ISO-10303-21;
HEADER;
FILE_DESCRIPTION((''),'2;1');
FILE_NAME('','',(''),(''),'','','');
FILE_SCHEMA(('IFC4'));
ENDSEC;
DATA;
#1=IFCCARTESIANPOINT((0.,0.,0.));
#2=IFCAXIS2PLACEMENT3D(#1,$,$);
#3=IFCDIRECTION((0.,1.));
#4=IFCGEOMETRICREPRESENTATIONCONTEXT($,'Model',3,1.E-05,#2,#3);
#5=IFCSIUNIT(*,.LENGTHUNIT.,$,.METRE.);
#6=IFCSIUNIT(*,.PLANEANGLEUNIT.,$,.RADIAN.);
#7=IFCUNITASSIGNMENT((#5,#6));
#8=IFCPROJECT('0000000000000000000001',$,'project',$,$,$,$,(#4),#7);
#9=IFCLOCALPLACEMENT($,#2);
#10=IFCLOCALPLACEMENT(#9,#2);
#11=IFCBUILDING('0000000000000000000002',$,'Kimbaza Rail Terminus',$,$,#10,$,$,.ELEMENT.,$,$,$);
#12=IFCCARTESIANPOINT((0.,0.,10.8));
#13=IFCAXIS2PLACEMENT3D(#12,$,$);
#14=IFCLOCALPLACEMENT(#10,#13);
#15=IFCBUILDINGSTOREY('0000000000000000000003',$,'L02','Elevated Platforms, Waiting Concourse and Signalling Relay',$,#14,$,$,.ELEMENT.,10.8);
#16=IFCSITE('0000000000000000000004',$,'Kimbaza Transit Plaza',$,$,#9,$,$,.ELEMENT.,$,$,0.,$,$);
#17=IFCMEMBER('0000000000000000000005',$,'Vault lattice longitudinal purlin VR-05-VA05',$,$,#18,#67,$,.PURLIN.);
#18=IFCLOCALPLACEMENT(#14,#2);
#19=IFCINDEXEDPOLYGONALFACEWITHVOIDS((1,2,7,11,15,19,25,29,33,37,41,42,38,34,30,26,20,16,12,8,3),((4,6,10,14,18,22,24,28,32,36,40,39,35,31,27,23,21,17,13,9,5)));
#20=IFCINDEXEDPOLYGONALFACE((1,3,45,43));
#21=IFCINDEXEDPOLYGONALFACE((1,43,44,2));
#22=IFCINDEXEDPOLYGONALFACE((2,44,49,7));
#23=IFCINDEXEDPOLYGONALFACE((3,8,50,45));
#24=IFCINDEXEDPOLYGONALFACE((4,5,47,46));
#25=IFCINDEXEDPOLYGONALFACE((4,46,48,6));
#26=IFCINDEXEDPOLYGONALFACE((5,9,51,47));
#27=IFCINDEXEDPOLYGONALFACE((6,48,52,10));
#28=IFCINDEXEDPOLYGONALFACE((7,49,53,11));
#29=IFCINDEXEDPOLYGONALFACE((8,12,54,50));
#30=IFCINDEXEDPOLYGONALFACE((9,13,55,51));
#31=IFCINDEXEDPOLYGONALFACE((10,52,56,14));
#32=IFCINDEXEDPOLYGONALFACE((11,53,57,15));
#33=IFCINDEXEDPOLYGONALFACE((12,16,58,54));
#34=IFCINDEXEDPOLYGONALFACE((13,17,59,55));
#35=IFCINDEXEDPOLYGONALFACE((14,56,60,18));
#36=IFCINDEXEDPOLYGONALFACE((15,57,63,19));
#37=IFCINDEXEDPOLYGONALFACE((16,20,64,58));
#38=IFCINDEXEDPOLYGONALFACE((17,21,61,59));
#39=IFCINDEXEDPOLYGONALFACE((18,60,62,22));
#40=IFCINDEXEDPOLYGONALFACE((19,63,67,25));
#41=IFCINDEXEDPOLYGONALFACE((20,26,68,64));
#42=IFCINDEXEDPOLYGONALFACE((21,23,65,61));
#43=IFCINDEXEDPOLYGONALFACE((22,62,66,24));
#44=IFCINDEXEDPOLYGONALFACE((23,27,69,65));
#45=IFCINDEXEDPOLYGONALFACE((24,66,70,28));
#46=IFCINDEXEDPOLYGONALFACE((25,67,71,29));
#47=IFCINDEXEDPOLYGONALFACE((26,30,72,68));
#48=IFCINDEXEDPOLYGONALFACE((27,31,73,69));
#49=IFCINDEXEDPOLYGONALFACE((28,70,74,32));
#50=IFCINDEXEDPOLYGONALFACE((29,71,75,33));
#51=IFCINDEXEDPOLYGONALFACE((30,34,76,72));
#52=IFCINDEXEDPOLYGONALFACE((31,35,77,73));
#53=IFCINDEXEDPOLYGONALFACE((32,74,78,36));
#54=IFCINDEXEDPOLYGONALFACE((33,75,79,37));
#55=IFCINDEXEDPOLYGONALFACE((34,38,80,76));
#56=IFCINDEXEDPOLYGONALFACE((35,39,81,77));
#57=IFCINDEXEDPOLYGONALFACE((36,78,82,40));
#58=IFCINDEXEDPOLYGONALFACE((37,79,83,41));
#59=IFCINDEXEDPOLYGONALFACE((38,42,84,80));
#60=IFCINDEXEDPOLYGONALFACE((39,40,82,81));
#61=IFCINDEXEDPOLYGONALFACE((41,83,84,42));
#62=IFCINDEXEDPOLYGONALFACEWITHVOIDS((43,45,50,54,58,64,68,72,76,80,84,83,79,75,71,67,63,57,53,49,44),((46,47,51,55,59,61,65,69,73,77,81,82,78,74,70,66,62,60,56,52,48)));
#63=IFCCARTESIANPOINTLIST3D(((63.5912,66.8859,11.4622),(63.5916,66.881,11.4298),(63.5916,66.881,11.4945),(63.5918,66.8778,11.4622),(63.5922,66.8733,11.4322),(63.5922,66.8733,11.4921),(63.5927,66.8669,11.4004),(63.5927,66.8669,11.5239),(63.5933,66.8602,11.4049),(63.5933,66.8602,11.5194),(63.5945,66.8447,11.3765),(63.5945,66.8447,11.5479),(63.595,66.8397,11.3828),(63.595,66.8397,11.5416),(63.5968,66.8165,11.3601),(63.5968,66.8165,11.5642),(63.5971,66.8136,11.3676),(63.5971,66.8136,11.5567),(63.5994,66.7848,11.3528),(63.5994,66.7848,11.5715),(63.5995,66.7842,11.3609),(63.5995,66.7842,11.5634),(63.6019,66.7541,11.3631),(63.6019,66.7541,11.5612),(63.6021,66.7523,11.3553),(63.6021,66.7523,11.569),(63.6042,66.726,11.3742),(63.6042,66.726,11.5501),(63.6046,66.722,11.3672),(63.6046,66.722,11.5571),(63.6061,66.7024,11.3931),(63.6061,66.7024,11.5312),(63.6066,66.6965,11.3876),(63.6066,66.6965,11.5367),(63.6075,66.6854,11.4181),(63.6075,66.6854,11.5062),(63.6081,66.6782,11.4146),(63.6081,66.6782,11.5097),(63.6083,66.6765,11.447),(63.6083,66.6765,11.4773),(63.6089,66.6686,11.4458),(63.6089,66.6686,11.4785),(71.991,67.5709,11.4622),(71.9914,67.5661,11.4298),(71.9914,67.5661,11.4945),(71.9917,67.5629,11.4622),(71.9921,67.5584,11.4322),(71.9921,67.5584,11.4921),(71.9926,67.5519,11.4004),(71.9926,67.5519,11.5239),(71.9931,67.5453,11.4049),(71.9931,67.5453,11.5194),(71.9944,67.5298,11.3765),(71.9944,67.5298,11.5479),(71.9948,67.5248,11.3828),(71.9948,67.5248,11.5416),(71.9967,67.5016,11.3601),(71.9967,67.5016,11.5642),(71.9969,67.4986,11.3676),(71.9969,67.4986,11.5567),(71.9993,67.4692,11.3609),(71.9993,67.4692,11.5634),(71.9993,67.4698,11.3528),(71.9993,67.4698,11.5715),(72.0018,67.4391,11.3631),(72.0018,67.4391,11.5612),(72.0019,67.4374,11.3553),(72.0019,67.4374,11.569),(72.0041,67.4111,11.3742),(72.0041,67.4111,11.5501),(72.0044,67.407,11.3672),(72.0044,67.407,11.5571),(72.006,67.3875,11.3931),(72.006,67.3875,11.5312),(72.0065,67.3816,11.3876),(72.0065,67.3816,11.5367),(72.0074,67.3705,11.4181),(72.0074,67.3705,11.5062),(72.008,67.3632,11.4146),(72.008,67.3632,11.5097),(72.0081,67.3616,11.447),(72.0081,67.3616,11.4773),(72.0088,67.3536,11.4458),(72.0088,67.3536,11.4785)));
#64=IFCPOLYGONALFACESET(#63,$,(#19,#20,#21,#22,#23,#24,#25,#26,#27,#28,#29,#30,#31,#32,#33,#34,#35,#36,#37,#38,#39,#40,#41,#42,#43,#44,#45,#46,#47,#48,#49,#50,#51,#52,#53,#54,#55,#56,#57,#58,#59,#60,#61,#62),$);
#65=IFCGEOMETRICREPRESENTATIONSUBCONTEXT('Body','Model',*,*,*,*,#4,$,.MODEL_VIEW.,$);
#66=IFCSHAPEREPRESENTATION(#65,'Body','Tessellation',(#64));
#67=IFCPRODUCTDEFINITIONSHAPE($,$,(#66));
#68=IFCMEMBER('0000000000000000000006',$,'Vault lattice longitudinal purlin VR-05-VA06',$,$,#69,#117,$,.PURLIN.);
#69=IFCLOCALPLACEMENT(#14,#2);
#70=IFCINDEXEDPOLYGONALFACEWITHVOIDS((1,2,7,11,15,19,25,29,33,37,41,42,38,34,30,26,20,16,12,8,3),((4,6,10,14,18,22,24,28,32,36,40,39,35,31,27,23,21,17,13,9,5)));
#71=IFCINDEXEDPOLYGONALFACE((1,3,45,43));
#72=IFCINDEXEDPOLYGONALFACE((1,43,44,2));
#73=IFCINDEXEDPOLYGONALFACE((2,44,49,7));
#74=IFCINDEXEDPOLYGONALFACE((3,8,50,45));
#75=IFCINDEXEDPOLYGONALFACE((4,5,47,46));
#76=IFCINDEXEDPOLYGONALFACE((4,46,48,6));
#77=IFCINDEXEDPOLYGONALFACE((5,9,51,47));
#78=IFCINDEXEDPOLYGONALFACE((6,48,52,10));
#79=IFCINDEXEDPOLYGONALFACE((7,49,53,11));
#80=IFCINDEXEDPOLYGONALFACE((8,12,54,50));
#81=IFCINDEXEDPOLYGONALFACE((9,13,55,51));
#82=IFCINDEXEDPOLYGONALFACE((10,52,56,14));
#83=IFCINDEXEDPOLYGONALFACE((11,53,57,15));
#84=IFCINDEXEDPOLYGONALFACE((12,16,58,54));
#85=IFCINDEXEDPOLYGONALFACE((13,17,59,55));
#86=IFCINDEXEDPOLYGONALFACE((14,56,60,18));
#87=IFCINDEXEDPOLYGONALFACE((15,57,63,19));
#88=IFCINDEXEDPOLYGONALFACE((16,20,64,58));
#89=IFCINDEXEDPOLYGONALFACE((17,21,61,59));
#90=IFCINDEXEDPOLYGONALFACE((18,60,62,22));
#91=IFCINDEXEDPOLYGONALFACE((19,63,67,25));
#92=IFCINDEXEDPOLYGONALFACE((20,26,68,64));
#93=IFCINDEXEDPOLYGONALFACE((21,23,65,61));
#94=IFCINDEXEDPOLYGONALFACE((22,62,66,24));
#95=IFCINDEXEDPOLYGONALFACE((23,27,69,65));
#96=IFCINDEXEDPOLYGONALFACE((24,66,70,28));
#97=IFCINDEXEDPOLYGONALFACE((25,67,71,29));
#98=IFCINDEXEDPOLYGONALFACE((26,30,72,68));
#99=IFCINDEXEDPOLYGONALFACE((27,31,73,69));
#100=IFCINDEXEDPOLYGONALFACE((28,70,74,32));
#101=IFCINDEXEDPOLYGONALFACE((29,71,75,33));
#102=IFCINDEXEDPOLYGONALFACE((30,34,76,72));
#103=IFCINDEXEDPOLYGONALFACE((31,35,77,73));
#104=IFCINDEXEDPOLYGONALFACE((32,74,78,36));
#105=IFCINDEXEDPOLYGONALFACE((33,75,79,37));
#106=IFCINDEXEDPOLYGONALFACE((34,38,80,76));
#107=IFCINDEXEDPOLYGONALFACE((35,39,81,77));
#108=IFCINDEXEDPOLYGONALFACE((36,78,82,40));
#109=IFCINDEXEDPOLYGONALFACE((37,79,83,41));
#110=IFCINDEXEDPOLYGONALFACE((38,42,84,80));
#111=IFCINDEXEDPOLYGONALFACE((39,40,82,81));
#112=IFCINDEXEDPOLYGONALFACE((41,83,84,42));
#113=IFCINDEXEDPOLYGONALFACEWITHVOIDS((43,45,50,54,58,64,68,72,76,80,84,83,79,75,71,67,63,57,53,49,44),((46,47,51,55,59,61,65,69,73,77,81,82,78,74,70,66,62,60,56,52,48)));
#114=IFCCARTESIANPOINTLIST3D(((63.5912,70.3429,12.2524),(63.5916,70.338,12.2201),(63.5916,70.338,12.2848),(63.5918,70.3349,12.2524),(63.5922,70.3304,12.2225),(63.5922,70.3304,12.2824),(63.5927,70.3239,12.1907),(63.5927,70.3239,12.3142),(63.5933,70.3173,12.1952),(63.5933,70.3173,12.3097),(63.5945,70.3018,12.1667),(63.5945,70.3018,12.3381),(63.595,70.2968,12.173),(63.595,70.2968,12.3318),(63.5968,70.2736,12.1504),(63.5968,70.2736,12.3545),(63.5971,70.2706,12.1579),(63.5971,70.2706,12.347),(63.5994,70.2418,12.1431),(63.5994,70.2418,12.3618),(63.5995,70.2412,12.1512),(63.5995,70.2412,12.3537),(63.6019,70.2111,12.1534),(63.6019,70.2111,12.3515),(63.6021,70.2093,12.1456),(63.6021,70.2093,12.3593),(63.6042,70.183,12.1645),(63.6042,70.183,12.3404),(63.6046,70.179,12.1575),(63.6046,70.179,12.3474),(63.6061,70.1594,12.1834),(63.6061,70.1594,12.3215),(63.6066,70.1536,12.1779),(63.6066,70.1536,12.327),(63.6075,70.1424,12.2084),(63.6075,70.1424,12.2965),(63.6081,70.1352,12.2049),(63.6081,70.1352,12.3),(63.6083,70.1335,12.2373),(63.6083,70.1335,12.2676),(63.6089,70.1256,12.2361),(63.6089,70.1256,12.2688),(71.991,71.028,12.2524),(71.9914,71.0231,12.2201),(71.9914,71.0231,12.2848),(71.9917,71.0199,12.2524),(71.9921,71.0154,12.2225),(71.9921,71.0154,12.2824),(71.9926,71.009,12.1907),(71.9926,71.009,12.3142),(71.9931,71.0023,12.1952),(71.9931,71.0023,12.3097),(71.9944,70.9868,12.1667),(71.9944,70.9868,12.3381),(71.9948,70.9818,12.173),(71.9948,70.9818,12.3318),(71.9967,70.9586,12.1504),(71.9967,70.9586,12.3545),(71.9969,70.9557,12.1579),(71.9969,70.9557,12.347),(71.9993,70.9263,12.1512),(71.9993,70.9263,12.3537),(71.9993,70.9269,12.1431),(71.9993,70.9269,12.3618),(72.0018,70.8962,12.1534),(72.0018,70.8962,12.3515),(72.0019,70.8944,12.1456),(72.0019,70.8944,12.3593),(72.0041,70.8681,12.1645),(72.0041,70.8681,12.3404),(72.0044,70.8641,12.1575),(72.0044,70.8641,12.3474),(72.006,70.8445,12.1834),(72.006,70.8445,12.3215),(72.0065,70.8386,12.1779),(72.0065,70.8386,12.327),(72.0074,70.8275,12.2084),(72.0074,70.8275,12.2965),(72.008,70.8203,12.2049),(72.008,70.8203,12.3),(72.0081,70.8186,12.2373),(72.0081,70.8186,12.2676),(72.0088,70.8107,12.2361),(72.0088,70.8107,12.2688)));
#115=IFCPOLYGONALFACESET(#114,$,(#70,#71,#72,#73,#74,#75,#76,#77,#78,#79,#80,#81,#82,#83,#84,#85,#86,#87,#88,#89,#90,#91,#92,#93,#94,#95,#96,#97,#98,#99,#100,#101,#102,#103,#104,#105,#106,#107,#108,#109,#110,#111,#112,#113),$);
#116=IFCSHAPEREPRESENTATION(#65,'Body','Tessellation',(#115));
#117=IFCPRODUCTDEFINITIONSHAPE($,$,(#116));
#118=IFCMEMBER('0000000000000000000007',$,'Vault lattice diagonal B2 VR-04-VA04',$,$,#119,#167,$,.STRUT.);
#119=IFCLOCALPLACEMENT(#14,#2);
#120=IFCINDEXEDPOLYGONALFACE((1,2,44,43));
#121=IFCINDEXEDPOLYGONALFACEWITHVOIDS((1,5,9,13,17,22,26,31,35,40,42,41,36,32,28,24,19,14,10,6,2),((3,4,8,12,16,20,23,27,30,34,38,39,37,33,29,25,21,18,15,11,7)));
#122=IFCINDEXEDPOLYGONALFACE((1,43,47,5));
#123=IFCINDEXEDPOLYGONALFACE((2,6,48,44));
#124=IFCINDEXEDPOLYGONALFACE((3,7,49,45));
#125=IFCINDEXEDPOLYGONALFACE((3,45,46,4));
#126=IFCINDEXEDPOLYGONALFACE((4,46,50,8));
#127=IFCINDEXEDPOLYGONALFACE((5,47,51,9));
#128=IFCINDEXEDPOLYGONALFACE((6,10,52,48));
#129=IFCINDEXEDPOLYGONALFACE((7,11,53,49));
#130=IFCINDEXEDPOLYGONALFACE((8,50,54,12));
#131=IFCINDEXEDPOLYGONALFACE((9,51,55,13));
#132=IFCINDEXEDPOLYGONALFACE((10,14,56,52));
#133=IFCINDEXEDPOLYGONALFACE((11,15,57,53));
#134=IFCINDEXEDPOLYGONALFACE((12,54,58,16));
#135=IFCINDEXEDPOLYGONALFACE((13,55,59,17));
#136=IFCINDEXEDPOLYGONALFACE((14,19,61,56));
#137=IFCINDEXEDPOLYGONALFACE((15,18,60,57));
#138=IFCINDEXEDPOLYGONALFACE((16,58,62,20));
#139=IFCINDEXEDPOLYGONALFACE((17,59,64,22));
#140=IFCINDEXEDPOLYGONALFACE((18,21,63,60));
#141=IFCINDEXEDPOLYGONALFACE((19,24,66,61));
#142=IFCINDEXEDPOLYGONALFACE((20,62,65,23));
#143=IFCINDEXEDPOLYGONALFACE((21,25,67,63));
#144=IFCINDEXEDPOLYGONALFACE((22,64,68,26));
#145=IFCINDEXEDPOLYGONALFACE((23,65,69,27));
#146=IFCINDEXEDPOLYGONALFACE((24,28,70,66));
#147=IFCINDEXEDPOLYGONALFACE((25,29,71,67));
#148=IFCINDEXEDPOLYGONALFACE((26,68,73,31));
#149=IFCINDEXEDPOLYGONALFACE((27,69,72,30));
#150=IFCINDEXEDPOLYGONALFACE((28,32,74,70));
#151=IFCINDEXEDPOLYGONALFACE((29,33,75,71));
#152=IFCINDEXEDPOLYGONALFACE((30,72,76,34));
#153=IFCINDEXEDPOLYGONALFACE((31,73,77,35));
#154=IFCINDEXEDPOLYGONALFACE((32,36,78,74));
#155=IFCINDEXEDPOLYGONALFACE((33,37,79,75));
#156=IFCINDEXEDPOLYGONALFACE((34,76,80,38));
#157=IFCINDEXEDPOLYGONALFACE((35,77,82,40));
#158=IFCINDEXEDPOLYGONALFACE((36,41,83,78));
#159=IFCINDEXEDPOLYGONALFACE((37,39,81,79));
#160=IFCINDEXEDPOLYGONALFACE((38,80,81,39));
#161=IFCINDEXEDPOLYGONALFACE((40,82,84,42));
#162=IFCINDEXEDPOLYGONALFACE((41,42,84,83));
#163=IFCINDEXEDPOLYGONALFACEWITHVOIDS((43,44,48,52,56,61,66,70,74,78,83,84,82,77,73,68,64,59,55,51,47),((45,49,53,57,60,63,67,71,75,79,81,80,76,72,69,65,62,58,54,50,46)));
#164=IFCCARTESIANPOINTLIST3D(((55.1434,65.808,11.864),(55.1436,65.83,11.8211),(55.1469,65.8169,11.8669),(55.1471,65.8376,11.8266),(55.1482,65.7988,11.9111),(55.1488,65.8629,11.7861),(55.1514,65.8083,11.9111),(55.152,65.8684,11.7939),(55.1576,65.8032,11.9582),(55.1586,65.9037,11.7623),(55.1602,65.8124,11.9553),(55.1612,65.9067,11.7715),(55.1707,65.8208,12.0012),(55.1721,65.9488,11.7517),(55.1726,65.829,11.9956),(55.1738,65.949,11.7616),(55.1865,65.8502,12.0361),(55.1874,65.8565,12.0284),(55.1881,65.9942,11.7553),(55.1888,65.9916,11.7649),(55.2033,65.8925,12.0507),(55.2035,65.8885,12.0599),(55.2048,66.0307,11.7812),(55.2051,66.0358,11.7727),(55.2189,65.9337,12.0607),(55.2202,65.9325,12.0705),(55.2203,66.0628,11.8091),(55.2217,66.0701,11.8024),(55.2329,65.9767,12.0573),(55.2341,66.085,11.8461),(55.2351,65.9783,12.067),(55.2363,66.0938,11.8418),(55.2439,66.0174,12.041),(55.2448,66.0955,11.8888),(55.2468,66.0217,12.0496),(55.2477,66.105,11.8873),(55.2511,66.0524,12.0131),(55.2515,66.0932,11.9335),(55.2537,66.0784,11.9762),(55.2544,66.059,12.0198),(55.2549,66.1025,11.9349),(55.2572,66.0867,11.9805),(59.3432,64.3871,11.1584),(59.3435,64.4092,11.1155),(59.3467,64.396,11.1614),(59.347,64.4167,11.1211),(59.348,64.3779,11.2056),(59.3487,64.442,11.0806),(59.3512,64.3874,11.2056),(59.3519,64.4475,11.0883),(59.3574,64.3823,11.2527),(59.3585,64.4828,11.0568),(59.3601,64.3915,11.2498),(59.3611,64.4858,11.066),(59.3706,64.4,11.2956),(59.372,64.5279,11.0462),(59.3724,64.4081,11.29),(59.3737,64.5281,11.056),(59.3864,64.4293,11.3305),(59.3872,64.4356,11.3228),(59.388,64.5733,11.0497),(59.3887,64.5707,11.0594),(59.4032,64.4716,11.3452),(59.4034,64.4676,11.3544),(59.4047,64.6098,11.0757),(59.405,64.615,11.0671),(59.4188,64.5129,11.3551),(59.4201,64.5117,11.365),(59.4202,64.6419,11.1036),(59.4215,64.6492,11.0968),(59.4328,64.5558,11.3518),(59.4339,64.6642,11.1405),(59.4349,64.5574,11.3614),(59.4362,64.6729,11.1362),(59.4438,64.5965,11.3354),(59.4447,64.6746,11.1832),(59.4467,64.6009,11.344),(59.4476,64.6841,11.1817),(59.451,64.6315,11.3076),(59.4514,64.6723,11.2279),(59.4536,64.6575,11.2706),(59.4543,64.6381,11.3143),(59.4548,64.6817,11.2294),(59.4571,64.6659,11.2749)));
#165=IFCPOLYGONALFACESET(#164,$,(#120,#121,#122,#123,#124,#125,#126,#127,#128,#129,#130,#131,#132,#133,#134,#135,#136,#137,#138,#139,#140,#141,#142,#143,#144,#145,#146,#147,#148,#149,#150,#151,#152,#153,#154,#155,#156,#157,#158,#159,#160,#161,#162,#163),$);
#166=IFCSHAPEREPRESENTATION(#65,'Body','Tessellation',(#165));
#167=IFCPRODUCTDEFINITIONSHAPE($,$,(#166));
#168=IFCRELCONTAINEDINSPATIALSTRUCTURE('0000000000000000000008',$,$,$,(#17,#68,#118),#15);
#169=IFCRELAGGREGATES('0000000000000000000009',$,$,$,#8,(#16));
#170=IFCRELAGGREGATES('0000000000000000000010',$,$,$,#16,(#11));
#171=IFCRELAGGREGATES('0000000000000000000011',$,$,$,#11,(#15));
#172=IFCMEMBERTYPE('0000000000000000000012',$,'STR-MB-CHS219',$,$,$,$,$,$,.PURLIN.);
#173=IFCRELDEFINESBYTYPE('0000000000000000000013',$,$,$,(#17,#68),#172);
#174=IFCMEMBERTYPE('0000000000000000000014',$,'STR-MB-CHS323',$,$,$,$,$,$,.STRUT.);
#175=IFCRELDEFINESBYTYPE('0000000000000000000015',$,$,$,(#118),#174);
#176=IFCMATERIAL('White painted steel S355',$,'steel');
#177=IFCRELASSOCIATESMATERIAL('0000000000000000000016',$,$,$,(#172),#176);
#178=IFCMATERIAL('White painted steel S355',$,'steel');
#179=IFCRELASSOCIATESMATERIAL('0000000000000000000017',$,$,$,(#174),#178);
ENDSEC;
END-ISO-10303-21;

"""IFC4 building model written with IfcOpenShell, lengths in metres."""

from ifc_helpers import new_model, si_unit, direction, frame, origin, origin_2d, place, context, subcontext, project, spatial, hollow_circle, extrude, material, material_profile, profile_set, type_object, element, save


model = new_model("IFC4")

# Units and contexts
model_context = context("Model", 3, precision=1e-05, world=origin(), true_north=direction((0.0, 1.0)))
body_context = subcontext(model_context, "Body", "Model", "MODEL_VIEW")
ifc_project = project(units=[si_unit("LENGTHUNIT", "METRE"), si_unit("PLANEANGLEUNIT", "RADIAN")], contexts=[model_context])

# Site, building, storey
site_placement = place(None, origin())
site = spatial("IfcSite", under=ifc_project, at=site_placement, Name="Kimbaza Transit Plaza", CompositionType="ELEMENT", RefElevation=0.0)
building_placement = place(site_placement, origin())
building = spatial("IfcBuilding", under=site, at=building_placement, Name="Kimbaza Rail Terminus", CompositionType="ELEMENT")
storey_placement = place(building_placement, frame((0.0, 0.0, 10.8)))
storey = spatial("IfcBuildingStorey", under=building, at=storey_placement, Name="L02", Description="Elevated Platforms, Waiting Concourse and Signalling Relay", CompositionType="ELEMENT", Elevation=10.8)

# Members
ifc_material_1 = material(Name="White painted steel S355", Category="steel")
ifc_material_profile_1 = material_profile(ifc_material_1, hollow_circle(Radius=0.1096, WallThickness=0.0081, at=origin_2d()), Name="CHS 219.1x8")
ifc_profile_set_1 = profile_set([ifc_material_profile_1], Name="White painted steel S355")
member_type_1 = type_object("IfcMemberType", Name="STR-MB-CHS219", PredefinedType="PURLIN", material=ifc_profile_set_1)
for number, where, z_axis, x_axis, name in (
    (1, (63.6001, 66.7766, 11.4622), (0.996691, 0.081286, 0.0), (-0.081286, 0.996691, 0.0), "Vault lattice longitudinal purlin VR-05-VA05"),
    (2, (63.6001, 70.2336, 12.2524), (0.996691, 0.081286, 0.0), (-0.081286, 0.996691, 0.0), "Vault lattice longitudinal purlin VR-05-VA06"),
):
    element("IfcMember", number, at=place(storey_placement, frame(where, z_axis=z_axis, x_axis=x_axis)), inside=storey, type_object=member_type_1, Name=name, PredefinedType="PURLIN", context=body_context, shape_type="SweptSolid", body=[
        extrude(hollow_circle(Radius=0.1096, WallThickness=0.0081, at=origin_2d()), origin(), (0.0, 0.0, 1.0), 8.4277),
    ])
ifc_material_2 = material(Name="White painted steel S355", Category="steel")
ifc_material_profile_2 = material_profile(ifc_material_2, hollow_circle(Radius=0.1619, WallThickness=0.01, at=origin_2d()), Name="CHS 323.9x10")
ifc_profile_set_2 = profile_set([ifc_material_profile_2], Name="White painted steel S355")
member_type_2 = type_object("IfcMemberType", Name="STR-MB-CHS323", PredefinedType="STRUT", material=ifc_profile_set_2)
member_1_placement = place(storey_placement, frame((59.3999, 64.5312, 11.2056), z_axis=(-0.935488, 0.316488, 0.157156), x_axis=(-0.32047, -0.947259, 0.0)))
element("IfcMember", 3, at=member_1_placement, inside=storey, type_object=member_type_2, Name="Vault lattice diagonal B2 VR-04-VA04", PredefinedType="STRUT", context=body_context, shape_type="SweptSolid", body=[
    extrude(hollow_circle(Radius=0.1619, WallThickness=0.01, at=origin_2d()), origin(), (0.0, 0.0, 1.0), 4.4895),
])

save(model, "model.ifc")
